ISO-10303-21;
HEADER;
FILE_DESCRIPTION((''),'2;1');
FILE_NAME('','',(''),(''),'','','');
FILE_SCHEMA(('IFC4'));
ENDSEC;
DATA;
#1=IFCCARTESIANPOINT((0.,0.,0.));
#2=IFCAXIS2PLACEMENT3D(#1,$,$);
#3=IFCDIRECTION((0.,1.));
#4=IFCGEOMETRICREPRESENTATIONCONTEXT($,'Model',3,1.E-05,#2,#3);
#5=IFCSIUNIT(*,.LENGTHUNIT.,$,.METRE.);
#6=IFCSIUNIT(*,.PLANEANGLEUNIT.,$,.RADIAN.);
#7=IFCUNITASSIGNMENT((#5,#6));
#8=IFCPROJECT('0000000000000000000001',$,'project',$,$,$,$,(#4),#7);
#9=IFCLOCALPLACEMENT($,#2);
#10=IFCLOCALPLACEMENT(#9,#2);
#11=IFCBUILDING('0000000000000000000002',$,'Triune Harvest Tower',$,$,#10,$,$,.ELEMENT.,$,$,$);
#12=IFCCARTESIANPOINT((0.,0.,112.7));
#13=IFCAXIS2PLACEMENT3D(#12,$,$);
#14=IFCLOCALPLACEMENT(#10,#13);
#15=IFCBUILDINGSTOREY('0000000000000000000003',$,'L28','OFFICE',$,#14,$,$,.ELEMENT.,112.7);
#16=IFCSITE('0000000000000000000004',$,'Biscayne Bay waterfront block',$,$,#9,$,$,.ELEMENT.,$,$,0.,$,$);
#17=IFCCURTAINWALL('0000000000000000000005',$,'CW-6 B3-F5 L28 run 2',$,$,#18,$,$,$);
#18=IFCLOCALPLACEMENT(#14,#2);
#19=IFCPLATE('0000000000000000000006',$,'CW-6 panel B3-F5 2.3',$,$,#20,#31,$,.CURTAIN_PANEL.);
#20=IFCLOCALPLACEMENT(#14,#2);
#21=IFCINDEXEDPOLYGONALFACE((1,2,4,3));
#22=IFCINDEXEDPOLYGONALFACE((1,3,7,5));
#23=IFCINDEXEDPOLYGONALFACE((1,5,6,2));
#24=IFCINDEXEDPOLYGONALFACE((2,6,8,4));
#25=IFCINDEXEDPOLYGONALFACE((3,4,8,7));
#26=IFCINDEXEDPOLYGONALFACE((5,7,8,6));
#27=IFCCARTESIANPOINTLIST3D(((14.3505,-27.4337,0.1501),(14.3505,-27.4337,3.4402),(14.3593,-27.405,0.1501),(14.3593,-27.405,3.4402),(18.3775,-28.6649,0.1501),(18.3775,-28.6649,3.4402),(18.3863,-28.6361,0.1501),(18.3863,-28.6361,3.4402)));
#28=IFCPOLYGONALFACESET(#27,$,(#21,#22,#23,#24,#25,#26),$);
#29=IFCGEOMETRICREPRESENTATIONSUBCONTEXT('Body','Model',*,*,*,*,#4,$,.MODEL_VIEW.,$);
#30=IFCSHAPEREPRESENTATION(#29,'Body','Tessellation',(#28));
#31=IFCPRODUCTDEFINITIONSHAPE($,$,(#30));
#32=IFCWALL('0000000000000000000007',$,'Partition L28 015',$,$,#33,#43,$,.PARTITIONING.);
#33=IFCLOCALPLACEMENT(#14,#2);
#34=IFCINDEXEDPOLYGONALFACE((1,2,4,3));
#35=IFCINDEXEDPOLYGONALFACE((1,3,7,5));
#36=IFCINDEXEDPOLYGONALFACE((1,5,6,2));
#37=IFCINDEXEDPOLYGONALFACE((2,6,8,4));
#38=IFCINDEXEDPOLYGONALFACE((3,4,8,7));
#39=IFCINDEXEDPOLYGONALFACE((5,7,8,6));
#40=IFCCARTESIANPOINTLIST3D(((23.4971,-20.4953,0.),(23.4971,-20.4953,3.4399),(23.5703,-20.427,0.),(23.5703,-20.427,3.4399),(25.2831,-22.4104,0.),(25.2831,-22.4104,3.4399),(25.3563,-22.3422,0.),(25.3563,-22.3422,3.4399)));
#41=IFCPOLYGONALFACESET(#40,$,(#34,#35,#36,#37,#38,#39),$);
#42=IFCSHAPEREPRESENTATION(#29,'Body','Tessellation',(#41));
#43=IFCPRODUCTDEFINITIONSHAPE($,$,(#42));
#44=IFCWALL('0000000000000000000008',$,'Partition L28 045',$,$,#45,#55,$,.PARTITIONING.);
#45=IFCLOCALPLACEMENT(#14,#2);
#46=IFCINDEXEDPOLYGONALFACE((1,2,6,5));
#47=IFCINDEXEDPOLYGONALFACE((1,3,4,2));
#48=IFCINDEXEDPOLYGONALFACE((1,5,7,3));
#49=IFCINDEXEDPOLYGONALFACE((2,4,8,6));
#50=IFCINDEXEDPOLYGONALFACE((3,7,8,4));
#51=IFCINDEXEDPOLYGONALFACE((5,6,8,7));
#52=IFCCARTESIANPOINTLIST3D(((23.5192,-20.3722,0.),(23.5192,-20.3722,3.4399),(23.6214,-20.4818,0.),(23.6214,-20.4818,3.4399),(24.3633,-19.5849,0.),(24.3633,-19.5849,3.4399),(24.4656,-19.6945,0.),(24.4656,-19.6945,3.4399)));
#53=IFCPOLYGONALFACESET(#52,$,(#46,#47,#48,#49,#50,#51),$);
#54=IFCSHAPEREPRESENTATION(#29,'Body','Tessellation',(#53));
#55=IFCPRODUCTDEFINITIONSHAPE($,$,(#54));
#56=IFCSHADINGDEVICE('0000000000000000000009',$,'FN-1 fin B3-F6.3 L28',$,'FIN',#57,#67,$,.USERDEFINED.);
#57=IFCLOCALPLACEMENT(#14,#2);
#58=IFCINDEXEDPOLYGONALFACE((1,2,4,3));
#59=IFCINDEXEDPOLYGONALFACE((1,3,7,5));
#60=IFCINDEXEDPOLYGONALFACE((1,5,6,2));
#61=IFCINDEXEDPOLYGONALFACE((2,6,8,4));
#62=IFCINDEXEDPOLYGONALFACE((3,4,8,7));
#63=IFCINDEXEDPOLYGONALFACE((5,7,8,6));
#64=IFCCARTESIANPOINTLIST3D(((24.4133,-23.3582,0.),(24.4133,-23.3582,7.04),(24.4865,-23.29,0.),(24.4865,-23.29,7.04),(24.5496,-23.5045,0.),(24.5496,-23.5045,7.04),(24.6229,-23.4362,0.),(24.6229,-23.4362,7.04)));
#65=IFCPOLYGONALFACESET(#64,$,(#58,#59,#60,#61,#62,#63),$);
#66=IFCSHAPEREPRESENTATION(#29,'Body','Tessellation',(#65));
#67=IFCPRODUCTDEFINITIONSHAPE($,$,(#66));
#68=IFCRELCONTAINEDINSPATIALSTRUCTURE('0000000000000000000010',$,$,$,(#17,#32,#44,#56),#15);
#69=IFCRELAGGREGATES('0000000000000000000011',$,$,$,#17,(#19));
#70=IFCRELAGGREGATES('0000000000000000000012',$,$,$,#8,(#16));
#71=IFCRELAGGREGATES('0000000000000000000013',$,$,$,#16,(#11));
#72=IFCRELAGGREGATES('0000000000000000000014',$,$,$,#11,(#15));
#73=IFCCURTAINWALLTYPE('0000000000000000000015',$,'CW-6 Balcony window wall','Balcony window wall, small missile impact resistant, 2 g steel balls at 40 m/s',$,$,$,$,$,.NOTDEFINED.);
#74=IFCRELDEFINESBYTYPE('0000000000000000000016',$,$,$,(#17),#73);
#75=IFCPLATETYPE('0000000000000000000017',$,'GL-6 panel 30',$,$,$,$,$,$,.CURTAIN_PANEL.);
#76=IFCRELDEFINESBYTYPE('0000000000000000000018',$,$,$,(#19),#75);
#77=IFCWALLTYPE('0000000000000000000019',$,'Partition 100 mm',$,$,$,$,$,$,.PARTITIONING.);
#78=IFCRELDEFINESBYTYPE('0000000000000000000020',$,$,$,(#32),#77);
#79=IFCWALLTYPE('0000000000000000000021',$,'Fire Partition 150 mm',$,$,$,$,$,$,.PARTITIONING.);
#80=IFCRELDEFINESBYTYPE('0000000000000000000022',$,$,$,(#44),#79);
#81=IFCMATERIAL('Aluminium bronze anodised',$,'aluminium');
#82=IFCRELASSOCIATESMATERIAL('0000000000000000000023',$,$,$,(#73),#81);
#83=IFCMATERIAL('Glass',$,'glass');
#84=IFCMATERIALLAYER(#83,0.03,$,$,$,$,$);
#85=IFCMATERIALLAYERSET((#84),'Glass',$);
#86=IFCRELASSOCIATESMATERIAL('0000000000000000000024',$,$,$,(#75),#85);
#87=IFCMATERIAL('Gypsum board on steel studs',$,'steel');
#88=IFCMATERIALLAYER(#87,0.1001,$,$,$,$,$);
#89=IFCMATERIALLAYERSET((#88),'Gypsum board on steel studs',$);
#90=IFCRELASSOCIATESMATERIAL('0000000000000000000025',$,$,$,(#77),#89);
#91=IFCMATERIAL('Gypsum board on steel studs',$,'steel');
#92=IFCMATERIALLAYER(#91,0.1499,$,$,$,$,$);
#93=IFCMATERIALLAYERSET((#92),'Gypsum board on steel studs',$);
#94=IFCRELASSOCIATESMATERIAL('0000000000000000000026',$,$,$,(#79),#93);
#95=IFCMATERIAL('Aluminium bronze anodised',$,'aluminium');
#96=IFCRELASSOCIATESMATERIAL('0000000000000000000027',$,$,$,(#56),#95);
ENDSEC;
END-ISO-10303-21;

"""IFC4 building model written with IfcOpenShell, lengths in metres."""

from ifc_helpers import new_model, si_unit, direction, frame, frame_2d, origin, origin_2d, place, context, subcontext, project, spatial, rectangle, extrude, source, transform, mapped, material, layer, layer_set, type_object, element, aggregate, save


model = new_model("IFC4")

# Units and contexts
model_context = context("Model", 3, precision=1e-05, world=origin(), true_north=direction((0.0, 1.0)))
body_context = subcontext(model_context, "Body", "Model", "MODEL_VIEW")
ifc_project = project(units=[si_unit("LENGTHUNIT", "METRE"), si_unit("PLANEANGLEUNIT", "RADIAN")], contexts=[model_context])

# Site, building, storey
site_placement = place(None, origin())
site = spatial("IfcSite", under=ifc_project, at=site_placement, Name="Biscayne Bay waterfront block", CompositionType="ELEMENT", RefElevation=0.0)
building_placement = place(site_placement, origin())
building = spatial("IfcBuilding", under=site, at=building_placement, Name="Triune Harvest Tower", CompositionType="ELEMENT")
storey_placement = place(building_placement, frame((0.0, 0.0, 112.7)))
storey = spatial("IfcBuildingStorey", under=building, at=storey_placement, Name="L28", Description="OFFICE", CompositionType="ELEMENT", Elevation=112.7)

# Curtain wall
ifc_material_1 = material(Name="Aluminium bronze anodised", Category="aluminium")
curtain_wall_type_1 = type_object("IfcCurtainWallType", Name="CW-6 Balcony window wall", Description="Balcony window wall, small missile impact resistant, 2 g steel balls at 40 m/s", PredefinedType="NOTDEFINED", material=ifc_material_1)
curtain_wall_1_placement = place(storey_placement, origin())
curtain_wall_1 = element("IfcCurtainWall", 1, at=curtain_wall_1_placement, inside=storey, type_object=curtain_wall_type_1, Name="CW-6 B3-F5 L28 run 2")

# Plate
ifc_material_2 = material(Name="Glass", Category="glass")
ifc_layer_1 = layer(ifc_material_2, 0.03)
ifc_layer_set_1 = layer_set([ifc_layer_1], Name="Glass")
plate_type_1 = type_object("IfcPlateType", Name="GL-6 panel 30", PredefinedType="CURTAIN_PANEL", material=ifc_layer_set_1)
shared_shape_1 = source(origin(), body_context, "Body", "SweptSolid", [
    extrude(rectangle(XDim=4.2109, YDim=0.03, at=origin_2d()), origin(), (0.0, 0.0, 1.0), 3.29),
])
plate_1_placement = place(storey_placement, frame((16.3684, -28.0349, 0.1501), z_axis=(0.0, 0.0, 1.0), x_axis=(0.956304, -0.292373, 0.0)))
plate_1 = element("IfcPlate", 2, at=plate_1_placement, type_object=plate_type_1, Name="CW-6 panel B3-F5 2.3", PredefinedType="CURTAIN_PANEL", context=body_context, shape_type="MappedRepresentation", body=[
    mapped(shared_shape_1, transform((0.0, 0.0, 0.0), scale=1.0)),
])
aggregate(curtain_wall_1, [plate_1])

# Walls
ifc_material_3 = material(Name="Gypsum board on steel studs", Category="steel")
ifc_layer_2 = layer(ifc_material_3, 0.1001)
ifc_layer_set_2 = layer_set([ifc_layer_2], Name="Gypsum board on steel studs")
wall_type_1 = type_object("IfcWallType", Name="Partition 100 mm", PredefinedType="PARTITIONING", material=ifc_layer_set_2)
shared_shape_2 = source(origin(), body_context, "Body", "SweptSolid", [
    extrude(rectangle(XDim=2.6187, YDim=0.1001, at=frame_2d((1.3093, 0.0))), origin(), (0.0, 0.0, 1.0), 3.4399),
])
wall_1_placement = place(storey_placement, frame((23.5337, -20.4612, 0.0), z_axis=(0.0, 0.0, 1.0), x_axis=(0.682016, -0.731337, 0.0)))
element("IfcWall", 3, at=wall_1_placement, inside=storey, type_object=wall_type_1, Name="Partition L28 015", PredefinedType="PARTITIONING", context=body_context, shape_type="MappedRepresentation", body=[
    mapped(shared_shape_2, transform((0.0, 0.0, 0.0), scale=1.0)),
])
ifc_material_4 = material(Name="Gypsum board on steel studs", Category="steel")
ifc_layer_3 = layer(ifc_material_4, 0.1499)
ifc_layer_set_3 = layer_set([ifc_layer_3], Name="Gypsum board on steel studs")
wall_type_2 = type_object("IfcWallType", Name="Fire Partition 150 mm", PredefinedType="PARTITIONING", material=ifc_layer_set_3)
shared_shape_3 = source(origin(), body_context, "Body", "SweptSolid", [
    extrude(rectangle(XDim=1.1543, YDim=0.1499, at=frame_2d((0.5771, 0.0))), origin(), (0.0, 0.0, 1.0), 3.4399),
])
wall_2_placement = place(storey_placement, frame((23.5703, -20.427, 0.0), z_axis=(0.0, 0.0, 1.0), x_axis=(0.731315, 0.682039, 0.0)))
element("IfcWall", 4, at=wall_2_placement, inside=storey, type_object=wall_type_2, Name="Partition L28 045", PredefinedType="PARTITIONING", context=body_context, shape_type="MappedRepresentation", body=[
    mapped(shared_shape_3, transform((0.0, 0.0, 0.0), scale=1.0)),
])

# Shading device
ifc_material_5 = material(Name="Aluminium bronze anodised", Category="aluminium")
shared_shape_4 = source(origin(), body_context, "Body", "SweptSolid", [
    extrude(rectangle(XDim=0.1001, YDim=0.2, at=origin_2d()), origin(), (0.0, 0.0, 1.0), 7.04),
])
shading_device_placement = place(storey_placement, frame((24.5181, -23.3972, 0.0), z_axis=(0.0, 0.0, 1.0), x_axis=(0.73135, 0.682002, 0.0)))
element("IfcShadingDevice", 5, at=shading_device_placement, inside=storey, material=ifc_material_5, Name="FN-1 fin B3-F6.3 L28", ObjectType="FIN", PredefinedType="USERDEFINED", context=body_context, shape_type="MappedRepresentation", body=[
    mapped(shared_shape_4, transform((0.0, 0.0, 0.0), scale=1.0)),
])

save(model, "model.ifc")
